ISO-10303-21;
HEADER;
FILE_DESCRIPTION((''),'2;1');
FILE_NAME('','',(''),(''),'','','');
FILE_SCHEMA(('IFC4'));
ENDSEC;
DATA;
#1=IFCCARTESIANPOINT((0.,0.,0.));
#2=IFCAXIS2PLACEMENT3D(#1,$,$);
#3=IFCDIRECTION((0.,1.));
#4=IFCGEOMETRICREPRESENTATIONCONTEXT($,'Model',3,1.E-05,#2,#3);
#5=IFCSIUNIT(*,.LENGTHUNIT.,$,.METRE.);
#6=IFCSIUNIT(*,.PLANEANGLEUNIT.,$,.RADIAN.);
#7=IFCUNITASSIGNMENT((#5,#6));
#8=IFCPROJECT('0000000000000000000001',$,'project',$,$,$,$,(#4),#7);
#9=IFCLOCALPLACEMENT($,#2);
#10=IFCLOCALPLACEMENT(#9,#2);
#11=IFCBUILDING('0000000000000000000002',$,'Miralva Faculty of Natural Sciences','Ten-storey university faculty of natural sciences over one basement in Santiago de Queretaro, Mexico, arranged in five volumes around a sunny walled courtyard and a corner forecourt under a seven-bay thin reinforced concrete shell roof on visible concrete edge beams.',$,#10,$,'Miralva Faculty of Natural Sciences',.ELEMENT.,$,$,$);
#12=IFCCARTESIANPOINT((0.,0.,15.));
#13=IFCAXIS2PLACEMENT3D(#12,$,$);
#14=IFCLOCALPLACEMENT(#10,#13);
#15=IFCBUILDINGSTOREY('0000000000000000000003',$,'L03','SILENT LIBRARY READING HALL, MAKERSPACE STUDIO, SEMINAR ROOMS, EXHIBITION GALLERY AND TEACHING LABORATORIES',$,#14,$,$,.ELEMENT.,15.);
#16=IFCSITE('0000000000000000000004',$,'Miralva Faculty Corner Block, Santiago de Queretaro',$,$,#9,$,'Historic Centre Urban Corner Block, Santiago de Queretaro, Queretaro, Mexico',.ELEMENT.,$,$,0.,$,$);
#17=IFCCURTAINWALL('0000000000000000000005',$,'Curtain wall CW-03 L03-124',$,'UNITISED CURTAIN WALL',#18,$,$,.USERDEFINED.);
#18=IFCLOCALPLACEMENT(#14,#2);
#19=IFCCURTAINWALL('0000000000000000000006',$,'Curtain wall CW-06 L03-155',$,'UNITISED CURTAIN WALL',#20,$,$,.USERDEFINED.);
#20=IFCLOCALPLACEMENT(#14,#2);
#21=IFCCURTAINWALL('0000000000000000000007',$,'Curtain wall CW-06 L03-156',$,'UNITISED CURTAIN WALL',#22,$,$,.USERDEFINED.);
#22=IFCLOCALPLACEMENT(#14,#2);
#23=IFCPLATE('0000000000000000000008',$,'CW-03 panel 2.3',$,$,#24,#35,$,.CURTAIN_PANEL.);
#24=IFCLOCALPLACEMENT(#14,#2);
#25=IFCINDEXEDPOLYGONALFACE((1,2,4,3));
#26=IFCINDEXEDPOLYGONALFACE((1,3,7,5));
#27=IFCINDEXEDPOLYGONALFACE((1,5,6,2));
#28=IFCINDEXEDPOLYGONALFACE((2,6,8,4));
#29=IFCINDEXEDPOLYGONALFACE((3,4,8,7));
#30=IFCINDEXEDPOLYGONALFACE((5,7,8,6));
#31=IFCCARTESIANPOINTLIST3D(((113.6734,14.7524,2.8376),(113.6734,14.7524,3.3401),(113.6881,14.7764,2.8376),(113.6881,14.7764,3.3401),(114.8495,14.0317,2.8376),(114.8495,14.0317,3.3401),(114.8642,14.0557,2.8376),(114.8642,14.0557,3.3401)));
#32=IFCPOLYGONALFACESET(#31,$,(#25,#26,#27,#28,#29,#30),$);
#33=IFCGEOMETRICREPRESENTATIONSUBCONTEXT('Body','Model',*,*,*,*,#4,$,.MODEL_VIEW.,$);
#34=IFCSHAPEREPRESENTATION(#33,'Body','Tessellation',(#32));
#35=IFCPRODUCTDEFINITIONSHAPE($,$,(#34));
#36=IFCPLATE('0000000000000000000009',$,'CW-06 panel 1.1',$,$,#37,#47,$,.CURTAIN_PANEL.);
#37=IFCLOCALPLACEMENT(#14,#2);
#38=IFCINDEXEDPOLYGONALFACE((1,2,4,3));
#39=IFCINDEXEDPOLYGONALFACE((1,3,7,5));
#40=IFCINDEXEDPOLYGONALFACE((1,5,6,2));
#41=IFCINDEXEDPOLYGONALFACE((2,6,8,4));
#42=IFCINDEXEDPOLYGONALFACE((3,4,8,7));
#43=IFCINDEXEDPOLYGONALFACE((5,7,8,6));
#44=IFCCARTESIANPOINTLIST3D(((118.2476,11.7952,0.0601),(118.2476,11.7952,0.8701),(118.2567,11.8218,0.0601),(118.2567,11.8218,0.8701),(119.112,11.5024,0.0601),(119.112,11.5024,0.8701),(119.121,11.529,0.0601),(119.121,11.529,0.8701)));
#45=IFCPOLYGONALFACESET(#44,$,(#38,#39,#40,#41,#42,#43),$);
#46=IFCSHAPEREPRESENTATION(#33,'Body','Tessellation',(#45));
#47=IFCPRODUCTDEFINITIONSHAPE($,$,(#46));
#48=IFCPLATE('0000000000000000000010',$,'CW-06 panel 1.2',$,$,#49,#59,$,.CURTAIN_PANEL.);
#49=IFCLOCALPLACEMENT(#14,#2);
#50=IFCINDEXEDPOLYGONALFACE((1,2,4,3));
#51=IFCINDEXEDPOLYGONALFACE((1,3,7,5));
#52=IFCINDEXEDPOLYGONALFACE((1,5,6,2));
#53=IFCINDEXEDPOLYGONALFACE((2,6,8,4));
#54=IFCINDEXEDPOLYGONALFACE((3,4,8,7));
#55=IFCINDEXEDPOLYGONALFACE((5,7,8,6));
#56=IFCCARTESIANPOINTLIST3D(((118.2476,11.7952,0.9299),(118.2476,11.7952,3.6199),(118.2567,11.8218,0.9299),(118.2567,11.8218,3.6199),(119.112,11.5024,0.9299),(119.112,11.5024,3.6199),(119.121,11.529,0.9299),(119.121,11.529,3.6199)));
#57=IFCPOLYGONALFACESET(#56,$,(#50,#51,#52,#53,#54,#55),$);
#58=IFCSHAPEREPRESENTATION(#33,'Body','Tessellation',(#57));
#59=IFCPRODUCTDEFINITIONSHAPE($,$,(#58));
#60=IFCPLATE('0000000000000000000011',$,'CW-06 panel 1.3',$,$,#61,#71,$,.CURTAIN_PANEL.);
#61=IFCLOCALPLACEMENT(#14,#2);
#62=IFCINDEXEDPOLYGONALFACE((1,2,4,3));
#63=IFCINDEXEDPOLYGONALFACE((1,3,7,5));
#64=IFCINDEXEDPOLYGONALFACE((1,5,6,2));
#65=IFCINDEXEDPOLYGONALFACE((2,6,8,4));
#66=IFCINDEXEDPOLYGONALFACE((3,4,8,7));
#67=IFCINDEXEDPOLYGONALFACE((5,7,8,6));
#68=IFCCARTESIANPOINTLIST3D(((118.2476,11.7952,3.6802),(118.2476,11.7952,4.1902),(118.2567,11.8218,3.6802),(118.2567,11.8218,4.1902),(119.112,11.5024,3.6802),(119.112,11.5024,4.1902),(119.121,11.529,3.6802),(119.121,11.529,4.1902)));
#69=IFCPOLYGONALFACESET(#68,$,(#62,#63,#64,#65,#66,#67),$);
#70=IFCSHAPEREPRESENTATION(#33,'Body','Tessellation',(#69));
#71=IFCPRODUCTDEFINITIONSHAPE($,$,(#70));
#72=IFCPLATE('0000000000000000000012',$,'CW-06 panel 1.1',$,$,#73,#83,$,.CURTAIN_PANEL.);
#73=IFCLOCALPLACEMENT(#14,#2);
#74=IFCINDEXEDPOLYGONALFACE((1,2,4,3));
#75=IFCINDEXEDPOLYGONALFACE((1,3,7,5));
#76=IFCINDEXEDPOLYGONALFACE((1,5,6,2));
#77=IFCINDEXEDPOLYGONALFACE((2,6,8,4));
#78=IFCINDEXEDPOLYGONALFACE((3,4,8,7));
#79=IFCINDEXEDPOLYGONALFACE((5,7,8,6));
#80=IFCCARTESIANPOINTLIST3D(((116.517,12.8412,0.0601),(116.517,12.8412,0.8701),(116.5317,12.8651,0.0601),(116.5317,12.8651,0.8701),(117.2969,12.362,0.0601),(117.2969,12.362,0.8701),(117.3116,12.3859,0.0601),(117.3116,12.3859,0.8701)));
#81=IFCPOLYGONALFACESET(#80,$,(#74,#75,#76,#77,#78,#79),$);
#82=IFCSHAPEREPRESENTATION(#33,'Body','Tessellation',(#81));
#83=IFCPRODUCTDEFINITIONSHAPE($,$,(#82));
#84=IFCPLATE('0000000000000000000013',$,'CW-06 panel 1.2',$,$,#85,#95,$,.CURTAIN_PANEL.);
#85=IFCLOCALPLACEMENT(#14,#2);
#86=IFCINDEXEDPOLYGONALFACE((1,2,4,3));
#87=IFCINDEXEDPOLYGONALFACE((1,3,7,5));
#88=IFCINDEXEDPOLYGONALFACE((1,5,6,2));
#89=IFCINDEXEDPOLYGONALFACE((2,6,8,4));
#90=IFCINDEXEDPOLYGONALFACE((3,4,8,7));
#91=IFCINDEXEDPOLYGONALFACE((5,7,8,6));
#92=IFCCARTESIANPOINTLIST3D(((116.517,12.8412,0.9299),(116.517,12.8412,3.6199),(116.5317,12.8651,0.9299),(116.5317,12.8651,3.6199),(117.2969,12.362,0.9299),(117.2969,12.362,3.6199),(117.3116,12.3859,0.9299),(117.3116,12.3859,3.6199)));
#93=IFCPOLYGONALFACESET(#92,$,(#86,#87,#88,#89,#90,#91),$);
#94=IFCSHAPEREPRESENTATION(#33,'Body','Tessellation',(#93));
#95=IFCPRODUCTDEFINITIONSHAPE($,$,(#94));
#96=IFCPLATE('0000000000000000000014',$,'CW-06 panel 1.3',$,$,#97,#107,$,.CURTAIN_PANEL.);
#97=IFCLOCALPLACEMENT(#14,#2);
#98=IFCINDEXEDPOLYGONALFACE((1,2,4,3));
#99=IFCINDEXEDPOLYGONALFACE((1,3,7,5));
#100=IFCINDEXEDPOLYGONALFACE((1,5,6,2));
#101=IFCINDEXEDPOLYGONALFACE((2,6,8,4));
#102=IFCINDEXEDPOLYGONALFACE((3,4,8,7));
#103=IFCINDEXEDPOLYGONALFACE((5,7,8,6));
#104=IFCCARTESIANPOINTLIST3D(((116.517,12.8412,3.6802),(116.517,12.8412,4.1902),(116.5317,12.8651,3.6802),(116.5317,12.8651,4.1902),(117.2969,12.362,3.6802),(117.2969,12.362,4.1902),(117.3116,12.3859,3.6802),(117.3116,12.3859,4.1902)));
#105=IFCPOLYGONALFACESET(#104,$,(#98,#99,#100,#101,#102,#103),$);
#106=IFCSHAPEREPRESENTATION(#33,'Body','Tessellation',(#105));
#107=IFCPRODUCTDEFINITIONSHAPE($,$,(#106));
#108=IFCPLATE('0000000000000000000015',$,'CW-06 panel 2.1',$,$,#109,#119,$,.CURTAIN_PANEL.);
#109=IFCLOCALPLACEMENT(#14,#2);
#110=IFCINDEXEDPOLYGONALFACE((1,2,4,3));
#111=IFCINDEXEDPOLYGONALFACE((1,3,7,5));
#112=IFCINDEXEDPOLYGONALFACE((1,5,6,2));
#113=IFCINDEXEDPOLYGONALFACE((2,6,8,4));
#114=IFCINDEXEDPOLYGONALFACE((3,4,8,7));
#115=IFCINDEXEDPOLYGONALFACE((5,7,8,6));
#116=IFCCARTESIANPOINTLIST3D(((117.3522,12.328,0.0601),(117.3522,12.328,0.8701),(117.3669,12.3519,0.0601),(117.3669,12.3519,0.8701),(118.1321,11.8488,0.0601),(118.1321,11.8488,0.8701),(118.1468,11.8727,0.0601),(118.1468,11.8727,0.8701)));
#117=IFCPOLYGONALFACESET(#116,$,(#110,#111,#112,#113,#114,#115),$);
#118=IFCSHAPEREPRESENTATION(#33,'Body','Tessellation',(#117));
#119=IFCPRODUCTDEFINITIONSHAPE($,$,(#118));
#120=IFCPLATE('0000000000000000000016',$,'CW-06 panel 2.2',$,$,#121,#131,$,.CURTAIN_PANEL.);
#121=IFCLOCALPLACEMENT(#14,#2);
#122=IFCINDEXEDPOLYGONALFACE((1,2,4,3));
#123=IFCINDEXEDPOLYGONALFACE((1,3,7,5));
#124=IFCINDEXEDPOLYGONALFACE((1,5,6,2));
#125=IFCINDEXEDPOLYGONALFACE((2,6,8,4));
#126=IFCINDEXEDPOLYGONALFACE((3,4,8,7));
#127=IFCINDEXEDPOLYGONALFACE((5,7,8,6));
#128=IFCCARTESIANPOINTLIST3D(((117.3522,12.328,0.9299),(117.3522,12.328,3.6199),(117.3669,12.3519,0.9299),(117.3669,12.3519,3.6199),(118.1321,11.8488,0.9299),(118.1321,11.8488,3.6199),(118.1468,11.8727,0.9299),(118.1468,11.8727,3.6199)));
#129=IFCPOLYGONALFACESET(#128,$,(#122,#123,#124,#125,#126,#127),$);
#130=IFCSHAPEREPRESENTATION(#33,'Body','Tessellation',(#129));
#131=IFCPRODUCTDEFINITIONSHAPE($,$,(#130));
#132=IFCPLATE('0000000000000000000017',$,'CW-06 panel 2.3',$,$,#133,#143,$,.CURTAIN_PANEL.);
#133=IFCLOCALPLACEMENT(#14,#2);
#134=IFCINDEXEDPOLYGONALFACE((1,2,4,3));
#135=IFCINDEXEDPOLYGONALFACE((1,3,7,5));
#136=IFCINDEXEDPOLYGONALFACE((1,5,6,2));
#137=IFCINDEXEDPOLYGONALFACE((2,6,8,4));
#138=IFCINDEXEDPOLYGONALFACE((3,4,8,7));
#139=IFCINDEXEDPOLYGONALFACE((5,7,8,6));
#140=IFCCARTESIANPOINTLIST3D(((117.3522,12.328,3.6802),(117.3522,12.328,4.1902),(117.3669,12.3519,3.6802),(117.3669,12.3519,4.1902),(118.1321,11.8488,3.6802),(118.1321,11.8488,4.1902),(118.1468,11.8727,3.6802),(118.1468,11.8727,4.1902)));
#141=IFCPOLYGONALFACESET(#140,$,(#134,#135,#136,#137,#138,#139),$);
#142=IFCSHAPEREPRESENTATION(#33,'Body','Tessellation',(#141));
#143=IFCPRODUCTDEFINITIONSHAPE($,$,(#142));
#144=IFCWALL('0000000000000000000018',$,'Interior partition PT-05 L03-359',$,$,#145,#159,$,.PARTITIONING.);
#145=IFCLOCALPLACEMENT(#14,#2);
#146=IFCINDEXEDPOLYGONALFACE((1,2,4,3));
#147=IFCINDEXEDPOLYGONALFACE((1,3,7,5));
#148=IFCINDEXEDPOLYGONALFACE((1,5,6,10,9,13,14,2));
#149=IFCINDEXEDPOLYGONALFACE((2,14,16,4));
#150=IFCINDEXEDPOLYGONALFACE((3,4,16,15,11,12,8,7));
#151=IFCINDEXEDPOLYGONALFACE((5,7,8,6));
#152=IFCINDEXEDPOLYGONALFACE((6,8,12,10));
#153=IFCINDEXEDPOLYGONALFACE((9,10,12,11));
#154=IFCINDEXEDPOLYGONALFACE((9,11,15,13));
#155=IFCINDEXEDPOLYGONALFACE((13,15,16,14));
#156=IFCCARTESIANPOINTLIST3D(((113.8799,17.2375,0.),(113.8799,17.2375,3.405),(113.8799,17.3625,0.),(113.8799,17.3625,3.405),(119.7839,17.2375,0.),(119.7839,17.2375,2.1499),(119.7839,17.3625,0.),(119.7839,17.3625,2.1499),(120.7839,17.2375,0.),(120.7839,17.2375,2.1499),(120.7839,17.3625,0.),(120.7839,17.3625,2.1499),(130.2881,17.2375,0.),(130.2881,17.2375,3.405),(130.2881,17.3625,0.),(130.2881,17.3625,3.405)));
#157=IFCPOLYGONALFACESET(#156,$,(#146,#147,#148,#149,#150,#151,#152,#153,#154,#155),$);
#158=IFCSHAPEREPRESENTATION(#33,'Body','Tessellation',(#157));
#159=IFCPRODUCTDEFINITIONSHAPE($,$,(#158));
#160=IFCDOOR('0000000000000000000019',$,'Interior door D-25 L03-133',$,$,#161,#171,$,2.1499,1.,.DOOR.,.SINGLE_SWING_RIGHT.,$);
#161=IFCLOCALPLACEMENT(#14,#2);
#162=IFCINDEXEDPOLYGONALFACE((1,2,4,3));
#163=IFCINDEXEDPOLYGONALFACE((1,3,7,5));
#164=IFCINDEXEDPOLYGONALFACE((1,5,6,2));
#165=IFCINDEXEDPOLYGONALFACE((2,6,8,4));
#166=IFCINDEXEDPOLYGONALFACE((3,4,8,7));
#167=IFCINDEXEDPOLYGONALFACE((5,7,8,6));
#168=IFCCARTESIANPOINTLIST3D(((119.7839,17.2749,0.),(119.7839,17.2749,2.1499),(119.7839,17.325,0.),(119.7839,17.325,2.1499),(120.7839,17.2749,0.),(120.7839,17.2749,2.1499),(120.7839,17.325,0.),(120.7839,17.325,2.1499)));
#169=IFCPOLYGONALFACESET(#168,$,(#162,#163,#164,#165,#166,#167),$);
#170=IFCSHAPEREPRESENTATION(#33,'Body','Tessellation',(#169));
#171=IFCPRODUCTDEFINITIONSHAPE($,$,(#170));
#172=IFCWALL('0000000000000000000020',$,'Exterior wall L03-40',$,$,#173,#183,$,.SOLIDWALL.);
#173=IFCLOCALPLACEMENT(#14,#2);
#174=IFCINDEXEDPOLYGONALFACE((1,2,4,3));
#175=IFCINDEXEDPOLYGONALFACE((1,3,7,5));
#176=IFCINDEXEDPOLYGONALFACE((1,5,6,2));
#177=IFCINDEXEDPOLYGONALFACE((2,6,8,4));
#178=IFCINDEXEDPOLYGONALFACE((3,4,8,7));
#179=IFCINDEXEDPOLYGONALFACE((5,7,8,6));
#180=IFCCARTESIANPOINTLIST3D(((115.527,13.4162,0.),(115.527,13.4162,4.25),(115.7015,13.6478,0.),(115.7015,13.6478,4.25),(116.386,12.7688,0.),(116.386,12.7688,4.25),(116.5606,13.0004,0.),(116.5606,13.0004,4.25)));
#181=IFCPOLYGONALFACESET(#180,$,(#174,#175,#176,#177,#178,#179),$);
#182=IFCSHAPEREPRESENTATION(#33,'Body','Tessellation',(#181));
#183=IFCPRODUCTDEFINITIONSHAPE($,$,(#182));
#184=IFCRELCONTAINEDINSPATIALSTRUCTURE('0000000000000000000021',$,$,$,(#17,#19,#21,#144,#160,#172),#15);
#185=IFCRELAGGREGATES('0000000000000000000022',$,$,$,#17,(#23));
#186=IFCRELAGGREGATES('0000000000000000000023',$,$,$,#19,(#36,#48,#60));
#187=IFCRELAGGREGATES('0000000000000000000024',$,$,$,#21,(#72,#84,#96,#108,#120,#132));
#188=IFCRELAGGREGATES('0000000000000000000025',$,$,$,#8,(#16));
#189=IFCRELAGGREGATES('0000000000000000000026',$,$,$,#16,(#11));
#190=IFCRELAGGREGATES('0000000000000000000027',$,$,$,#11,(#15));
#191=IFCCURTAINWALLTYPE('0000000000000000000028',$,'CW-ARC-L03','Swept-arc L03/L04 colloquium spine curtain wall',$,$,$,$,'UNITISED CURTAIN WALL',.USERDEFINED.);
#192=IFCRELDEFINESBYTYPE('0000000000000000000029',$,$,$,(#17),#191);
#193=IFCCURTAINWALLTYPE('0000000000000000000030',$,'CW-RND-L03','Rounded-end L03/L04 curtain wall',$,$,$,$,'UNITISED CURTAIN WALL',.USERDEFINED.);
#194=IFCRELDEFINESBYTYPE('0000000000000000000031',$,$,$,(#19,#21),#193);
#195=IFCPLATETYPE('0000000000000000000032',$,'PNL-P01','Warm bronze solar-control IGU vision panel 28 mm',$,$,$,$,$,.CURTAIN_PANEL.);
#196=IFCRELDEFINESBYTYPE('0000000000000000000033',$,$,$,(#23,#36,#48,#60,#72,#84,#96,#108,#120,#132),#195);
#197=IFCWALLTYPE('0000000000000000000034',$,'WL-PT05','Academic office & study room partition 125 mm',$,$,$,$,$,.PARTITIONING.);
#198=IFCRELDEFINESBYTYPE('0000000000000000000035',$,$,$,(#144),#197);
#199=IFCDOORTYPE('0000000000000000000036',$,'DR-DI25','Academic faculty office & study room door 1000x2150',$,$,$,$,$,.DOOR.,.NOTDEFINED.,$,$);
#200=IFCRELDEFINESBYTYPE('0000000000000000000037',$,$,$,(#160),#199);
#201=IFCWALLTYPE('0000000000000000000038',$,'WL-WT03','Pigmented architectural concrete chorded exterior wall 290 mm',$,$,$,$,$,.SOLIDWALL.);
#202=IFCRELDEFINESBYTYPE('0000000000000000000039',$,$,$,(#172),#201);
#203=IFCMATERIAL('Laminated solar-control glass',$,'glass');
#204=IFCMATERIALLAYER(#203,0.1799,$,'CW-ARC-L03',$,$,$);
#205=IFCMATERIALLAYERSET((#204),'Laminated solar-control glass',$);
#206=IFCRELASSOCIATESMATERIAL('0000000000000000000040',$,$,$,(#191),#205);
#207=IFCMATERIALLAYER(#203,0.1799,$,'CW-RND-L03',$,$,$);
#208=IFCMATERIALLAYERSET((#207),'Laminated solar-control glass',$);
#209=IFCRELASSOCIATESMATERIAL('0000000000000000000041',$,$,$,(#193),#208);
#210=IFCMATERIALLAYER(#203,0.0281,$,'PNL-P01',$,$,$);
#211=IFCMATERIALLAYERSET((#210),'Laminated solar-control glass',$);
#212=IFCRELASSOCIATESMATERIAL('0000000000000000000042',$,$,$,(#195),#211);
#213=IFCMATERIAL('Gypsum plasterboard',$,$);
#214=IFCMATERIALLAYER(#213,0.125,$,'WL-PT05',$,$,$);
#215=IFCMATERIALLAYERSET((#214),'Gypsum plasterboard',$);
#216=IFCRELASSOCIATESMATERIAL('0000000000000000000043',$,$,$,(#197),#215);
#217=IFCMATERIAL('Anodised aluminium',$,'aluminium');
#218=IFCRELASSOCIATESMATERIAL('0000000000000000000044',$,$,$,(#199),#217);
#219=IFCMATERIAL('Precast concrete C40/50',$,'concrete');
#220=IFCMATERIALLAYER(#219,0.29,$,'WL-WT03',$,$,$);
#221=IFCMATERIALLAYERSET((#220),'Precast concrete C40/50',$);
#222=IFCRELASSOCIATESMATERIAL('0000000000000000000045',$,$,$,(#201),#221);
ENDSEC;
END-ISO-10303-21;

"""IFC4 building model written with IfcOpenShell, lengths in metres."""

from ifc_helpers import new_model, si_unit, direction, frame, frame_2d, origin, origin_2d, place, context, subcontext, project, spatial, rectangle, extrude, material, layer, layer_set, type_object, element, fill, aggregate, save


model = new_model("IFC4")

# Units and contexts
model_context = context("Model", 3, precision=1e-05, world=origin(), true_north=direction((0.0, 1.0)))
body_context = subcontext(model_context, "Body", "Model", "MODEL_VIEW")
ifc_project = project(units=[si_unit("LENGTHUNIT", "METRE"), si_unit("PLANEANGLEUNIT", "RADIAN")], contexts=[model_context])

# Site, building, storey
site_placement = place(None, origin())
site = spatial("IfcSite", under=ifc_project, at=site_placement, Name="Miralva Faculty Corner Block, Santiago de Queretaro", LongName="Historic Centre Urban Corner Block, Santiago de Queretaro, Queretaro, Mexico", CompositionType="ELEMENT", RefElevation=0.0)
building_placement = place(site_placement, origin())
building = spatial("IfcBuilding", under=site, at=building_placement, Name="Miralva Faculty of Natural Sciences", Description="Ten-storey university faculty of natural sciences over one basement in Santiago de Queretaro, Mexico, arranged in five volumes around a sunny walled courtyard and a corner forecourt under a seven-bay thin reinforced concrete shell roof on visible concrete edge beams.", LongName="Miralva Faculty of Natural Sciences", CompositionType="ELEMENT")
storey_placement = place(building_placement, frame((0.0, 0.0, 15.0)))
storey = spatial("IfcBuildingStorey", under=building, at=storey_placement, Name="L03", Description="SILENT LIBRARY READING HALL, MAKERSPACE STUDIO, SEMINAR ROOMS, EXHIBITION GALLERY AND TEACHING LABORATORIES", CompositionType="ELEMENT", Elevation=15.0)

# Curtain walls
ifc_material_1 = material(Name="Laminated solar-control glass", Category="glass")
ifc_layer_1 = layer(ifc_material_1, 0.1799, Name="CW-ARC-L03")
ifc_layer_set_1 = layer_set([ifc_layer_1], Name="Laminated solar-control glass")
curtain_wall_type_1 = type_object("IfcCurtainWallType", Name="CW-ARC-L03", Description="Swept-arc L03/L04 colloquium spine curtain wall", ElementType="UNITISED CURTAIN WALL", PredefinedType="USERDEFINED", material=ifc_layer_set_1)
curtain_wall_1_placement = place(storey_placement, origin())
curtain_wall_1 = element("IfcCurtainWall", 1, at=curtain_wall_1_placement, inside=storey, type_object=curtain_wall_type_1, Name="Curtain wall CW-03 L03-124", ObjectType="UNITISED CURTAIN WALL", PredefinedType="USERDEFINED")
ifc_material_2 = material(Name="Anodised aluminium", Category="aluminium")
ifc_layer_2 = layer(ifc_material_1, 0.1799, Name="CW-RND-L03")
ifc_layer_set_2 = layer_set([ifc_layer_2], Name="Laminated solar-control glass")
curtain_wall_type_2 = type_object("IfcCurtainWallType", Name="CW-RND-L03", Description="Rounded-end L03/L04 curtain wall", ElementType="UNITISED CURTAIN WALL", PredefinedType="USERDEFINED", material=ifc_layer_set_2)
curtain_wall_2_placement = place(storey_placement, origin())
curtain_wall_2 = element("IfcCurtainWall", 2, at=curtain_wall_2_placement, inside=storey, type_object=curtain_wall_type_2, Name="Curtain wall CW-06 L03-155", ObjectType="UNITISED CURTAIN WALL", PredefinedType="USERDEFINED")

# Curtain wall
curtain_wall_3_placement = place(storey_placement, origin())
curtain_wall_3 = element("IfcCurtainWall", 3, at=curtain_wall_3_placement, inside=storey, type_object=curtain_wall_type_2, Name="Curtain wall CW-06 L03-156", ObjectType="UNITISED CURTAIN WALL", PredefinedType="USERDEFINED")

# Plates
ifc_layer_3 = layer(ifc_material_1, 0.0281, Name="PNL-P01")
ifc_layer_set_3 = layer_set([ifc_layer_3], Name="Laminated solar-control glass")
plate_type = type_object("IfcPlateType", Name="PNL-P01", Description="Warm bronze solar-control IGU vision panel 28 mm", PredefinedType="CURTAIN_PANEL", material=ifc_layer_set_3)
plate_1_placement = place(storey_placement, frame((114.2688, 14.4041, 2.8376), z_axis=(0.0, 0.0, 1.0), x_axis=(0.852646, -0.522489, 0.0)))
plate_1 = element("IfcPlate", 4, at=plate_1_placement, type_object=plate_type, Name="CW-03 panel 2.3", PredefinedType="CURTAIN_PANEL", context=body_context, shape_type="SweptSolid", body=[
    extrude(rectangle(XDim=1.3794, YDim=0.0281, at=origin_2d()), origin(), (0.0, 0.0, 1.0), 0.5024),
])
aggregate(curtain_wall_1, [plate_1])
plate_2_placement = place(storey_placement, frame((118.6843, 11.6621, 0.0601), z_axis=(0.0, 0.0, 1.0), x_axis=(0.947133, -0.320842, 0.0)))
plate_2 = element("IfcPlate", 5, at=plate_2_placement, type_object=plate_type, Name="CW-06 panel 1.1", PredefinedType="CURTAIN_PANEL", context=body_context, shape_type="SweptSolid", body=[
    extrude(rectangle(XDim=0.9126, YDim=0.0281, at=origin_2d()), origin(), (0.0, 0.0, 1.0), 0.8101),
])
plate_3_placement = place(storey_placement, frame((118.6843, 11.6621, 0.9299), z_axis=(0.0, 0.0, 1.0), x_axis=(0.947133, -0.320842, 0.0)))
plate_3 = element("IfcPlate", 6, at=plate_3_placement, type_object=plate_type, Name="CW-06 panel 1.2", PredefinedType="CURTAIN_PANEL", context=body_context, shape_type="SweptSolid", body=[
    extrude(rectangle(XDim=0.9126, YDim=0.0281, at=origin_2d()), origin(), (0.0, 0.0, 1.0), 2.6899),
])
plate_4_placement = place(storey_placement, frame((118.6843, 11.6621, 3.6802), z_axis=(0.0, 0.0, 1.0), x_axis=(0.947133, -0.320842, 0.0)))
plate_4 = element("IfcPlate", 7, at=plate_4_placement, type_object=plate_type, Name="CW-06 panel 1.3", PredefinedType="CURTAIN_PANEL", context=body_context, shape_type="SweptSolid", body=[
    extrude(rectangle(XDim=0.9126, YDim=0.0281, at=origin_2d()), origin(), (0.0, 0.0, 1.0), 0.51),
])
aggregate(curtain_wall_2, [plate_2, plate_3, plate_4])
plate_5_placement = place(storey_placement, frame((116.9143, 12.6135, 0.0601), z_axis=(0.0, 0.0, 1.0), x_axis=(0.852004, -0.523535, 0.0)))
plate_5 = element("IfcPlate", 8, at=plate_5_placement, type_object=plate_type, Name="CW-06 panel 1.1", PredefinedType="CURTAIN_PANEL", context=body_context, shape_type="SweptSolid", body=[
    extrude(rectangle(XDim=0.9153, YDim=0.0281, at=origin_2d()), origin(), (0.0, 0.0, 1.0), 0.8101),
])
plate_6_placement = place(storey_placement, frame((116.9143, 12.6135, 0.9299), z_axis=(0.0, 0.0, 1.0), x_axis=(0.852004, -0.523535, 0.0)))
plate_6 = element("IfcPlate", 9, at=plate_6_placement, type_object=plate_type, Name="CW-06 panel 1.2", PredefinedType="CURTAIN_PANEL", context=body_context, shape_type="SweptSolid", body=[
    extrude(rectangle(XDim=0.9153, YDim=0.0281, at=origin_2d()), origin(), (0.0, 0.0, 1.0), 2.6899),
])
plate_7_placement = place(storey_placement, frame((116.9143, 12.6135, 3.6802), z_axis=(0.0, 0.0, 1.0), x_axis=(0.852004, -0.523535, 0.0)))
plate_7 = element("IfcPlate", 10, at=plate_7_placement, type_object=plate_type, Name="CW-06 panel 1.3", PredefinedType="CURTAIN_PANEL", context=body_context, shape_type="SweptSolid", body=[
    extrude(rectangle(XDim=0.9153, YDim=0.0281, at=origin_2d()), origin(), (0.0, 0.0, 1.0), 0.51),
])
plate_8_placement = place(storey_placement, frame((117.7495, 12.1003, 0.0601), z_axis=(0.0, 0.0, 1.0), x_axis=(0.852004, -0.523535, 0.0)))
plate_8 = element("IfcPlate", 11, at=plate_8_placement, type_object=plate_type, Name="CW-06 panel 2.1", PredefinedType="CURTAIN_PANEL", context=body_context, shape_type="SweptSolid", body=[
    extrude(rectangle(XDim=0.9153, YDim=0.0281, at=origin_2d()), origin(), (0.0, 0.0, 1.0), 0.8101),
])
plate_9_placement = place(storey_placement, frame((117.7495, 12.1003, 0.9299), z_axis=(0.0, 0.0, 1.0), x_axis=(0.852004, -0.523535, 0.0)))
plate_9 = element("IfcPlate", 12, at=plate_9_placement, type_object=plate_type, Name="CW-06 panel 2.2", PredefinedType="CURTAIN_PANEL", context=body_context, shape_type="SweptSolid", body=[
    extrude(rectangle(XDim=0.9153, YDim=0.0281, at=origin_2d()), origin(), (0.0, 0.0, 1.0), 2.6899),
])
plate_10_placement = place(storey_placement, frame((117.7495, 12.1003, 3.6802), z_axis=(0.0, 0.0, 1.0), x_axis=(0.852004, -0.523535, 0.0)))
plate_10 = element("IfcPlate", 13, at=plate_10_placement, type_object=plate_type, Name="CW-06 panel 2.3", PredefinedType="CURTAIN_PANEL", context=body_context, shape_type="SweptSolid", body=[
    extrude(rectangle(XDim=0.9153, YDim=0.0281, at=origin_2d()), origin(), (0.0, 0.0, 1.0), 0.51),
])
aggregate(curtain_wall_3, [plate_5, plate_6, plate_7, plate_8, plate_9, plate_10])

# Wall, opening, door
ifc_material_3 = material(Name="Gypsum plasterboard")
ifc_layer_4 = layer(ifc_material_3, 0.125, Name="WL-PT05")
ifc_layer_set_4 = layer_set([ifc_layer_4], Name="Gypsum plasterboard")
wall_type_1 = type_object("IfcWallType", Name="WL-PT05", Description="Academic office & study room partition 125 mm", PredefinedType="PARTITIONING", material=ifc_layer_set_4)
wall_1_placement = place(storey_placement, frame((113.8799, 17.3, 0.0), z_axis=(0.0, 0.0, 1.0), x_axis=(1.0, 0.0, 0.0)))
wall_1 = element("IfcWall", 14, at=wall_1_placement, inside=storey, type_object=wall_type_1, Name="Interior partition PT-05 L03-359", PredefinedType="PARTITIONING", context=body_context, shape_type="SweptSolid", body=[
    extrude(rectangle(XDim=16.4082, YDim=0.125, at=frame_2d((8.2041, 0.0))), origin(), (0.0, 0.0, 1.0), 3.405),
])
opening_placement = place(wall_1_placement, frame((5.9041, 0.0, 0.0)))
opening = element("IfcOpeningElement", 15, at=opening_placement, cuts=wall_1, PredefinedType="OPENING", context=body_context, shape_type="SweptSolid", body=[
    extrude(rectangle(XDim=1.0, YDim=2.1499, at=frame_2d((0.5, 1.075))), frame((0.0, 0.0725, 0.0), z_axis=(0.0, -1.0, 0.0), x_axis=(1.0, 0.0, 0.0)), (0.0, 0.0, 1.0), 0.145),
])
door_type = type_object("IfcDoorType", Name="DR-DI25", Description="Academic faculty office & study room door 1000x2150", OperationType="NOTDEFINED", PredefinedType="DOOR", material=ifc_material_2)
door_placement = place(opening_placement, origin())
door = element("IfcDoor", 16, at=door_placement, inside=storey, type_object=door_type, Name="Interior door D-25 L03-133", OperationType="SINGLE_SWING_RIGHT", OverallHeight=2.1499, OverallWidth=1.0, PredefinedType="DOOR", context=body_context, shape_type="SweptSolid", body=[
    extrude(rectangle(XDim=1.0, YDim=2.1499, at=frame_2d((0.5, 1.075))), frame((0.0, 0.0249, 0.0), z_axis=(0.0, -1.0, 0.0), x_axis=(1.0, 0.0, 0.0)), (0.0, 0.0, 1.0), 0.05),
])
fill(opening, door)

# Wall
ifc_material_4 = material(Name="Precast concrete C40/50", Category="concrete")
ifc_layer_5 = layer(ifc_material_4, 0.29, Name="WL-WT03")
ifc_layer_set_5 = layer_set([ifc_layer_5], Name="Precast concrete C40/50")
wall_type_2 = type_object("IfcWallType", Name="WL-WT03", Description="Pigmented architectural concrete chorded exterior wall 290 mm", PredefinedType="SOLIDWALL", material=ifc_layer_set_5)
wall_2_placement = place(storey_placement, frame((115.6143, 13.532, 0.0), z_axis=(0.0, 0.0, 1.0), x_axis=(0.798609, -0.60185, 0.0)))
element("IfcWall", 17, at=wall_2_placement, inside=storey, type_object=wall_type_2, Name="Exterior wall L03-40", PredefinedType="SOLIDWALL", context=body_context, shape_type="SweptSolid", body=[
    extrude(rectangle(XDim=1.0757, YDim=0.29, at=frame_2d((0.5378, 0.0))), origin(), (0.0, 0.0, 1.0), 4.25),
])

save(model, "model.ifc")
